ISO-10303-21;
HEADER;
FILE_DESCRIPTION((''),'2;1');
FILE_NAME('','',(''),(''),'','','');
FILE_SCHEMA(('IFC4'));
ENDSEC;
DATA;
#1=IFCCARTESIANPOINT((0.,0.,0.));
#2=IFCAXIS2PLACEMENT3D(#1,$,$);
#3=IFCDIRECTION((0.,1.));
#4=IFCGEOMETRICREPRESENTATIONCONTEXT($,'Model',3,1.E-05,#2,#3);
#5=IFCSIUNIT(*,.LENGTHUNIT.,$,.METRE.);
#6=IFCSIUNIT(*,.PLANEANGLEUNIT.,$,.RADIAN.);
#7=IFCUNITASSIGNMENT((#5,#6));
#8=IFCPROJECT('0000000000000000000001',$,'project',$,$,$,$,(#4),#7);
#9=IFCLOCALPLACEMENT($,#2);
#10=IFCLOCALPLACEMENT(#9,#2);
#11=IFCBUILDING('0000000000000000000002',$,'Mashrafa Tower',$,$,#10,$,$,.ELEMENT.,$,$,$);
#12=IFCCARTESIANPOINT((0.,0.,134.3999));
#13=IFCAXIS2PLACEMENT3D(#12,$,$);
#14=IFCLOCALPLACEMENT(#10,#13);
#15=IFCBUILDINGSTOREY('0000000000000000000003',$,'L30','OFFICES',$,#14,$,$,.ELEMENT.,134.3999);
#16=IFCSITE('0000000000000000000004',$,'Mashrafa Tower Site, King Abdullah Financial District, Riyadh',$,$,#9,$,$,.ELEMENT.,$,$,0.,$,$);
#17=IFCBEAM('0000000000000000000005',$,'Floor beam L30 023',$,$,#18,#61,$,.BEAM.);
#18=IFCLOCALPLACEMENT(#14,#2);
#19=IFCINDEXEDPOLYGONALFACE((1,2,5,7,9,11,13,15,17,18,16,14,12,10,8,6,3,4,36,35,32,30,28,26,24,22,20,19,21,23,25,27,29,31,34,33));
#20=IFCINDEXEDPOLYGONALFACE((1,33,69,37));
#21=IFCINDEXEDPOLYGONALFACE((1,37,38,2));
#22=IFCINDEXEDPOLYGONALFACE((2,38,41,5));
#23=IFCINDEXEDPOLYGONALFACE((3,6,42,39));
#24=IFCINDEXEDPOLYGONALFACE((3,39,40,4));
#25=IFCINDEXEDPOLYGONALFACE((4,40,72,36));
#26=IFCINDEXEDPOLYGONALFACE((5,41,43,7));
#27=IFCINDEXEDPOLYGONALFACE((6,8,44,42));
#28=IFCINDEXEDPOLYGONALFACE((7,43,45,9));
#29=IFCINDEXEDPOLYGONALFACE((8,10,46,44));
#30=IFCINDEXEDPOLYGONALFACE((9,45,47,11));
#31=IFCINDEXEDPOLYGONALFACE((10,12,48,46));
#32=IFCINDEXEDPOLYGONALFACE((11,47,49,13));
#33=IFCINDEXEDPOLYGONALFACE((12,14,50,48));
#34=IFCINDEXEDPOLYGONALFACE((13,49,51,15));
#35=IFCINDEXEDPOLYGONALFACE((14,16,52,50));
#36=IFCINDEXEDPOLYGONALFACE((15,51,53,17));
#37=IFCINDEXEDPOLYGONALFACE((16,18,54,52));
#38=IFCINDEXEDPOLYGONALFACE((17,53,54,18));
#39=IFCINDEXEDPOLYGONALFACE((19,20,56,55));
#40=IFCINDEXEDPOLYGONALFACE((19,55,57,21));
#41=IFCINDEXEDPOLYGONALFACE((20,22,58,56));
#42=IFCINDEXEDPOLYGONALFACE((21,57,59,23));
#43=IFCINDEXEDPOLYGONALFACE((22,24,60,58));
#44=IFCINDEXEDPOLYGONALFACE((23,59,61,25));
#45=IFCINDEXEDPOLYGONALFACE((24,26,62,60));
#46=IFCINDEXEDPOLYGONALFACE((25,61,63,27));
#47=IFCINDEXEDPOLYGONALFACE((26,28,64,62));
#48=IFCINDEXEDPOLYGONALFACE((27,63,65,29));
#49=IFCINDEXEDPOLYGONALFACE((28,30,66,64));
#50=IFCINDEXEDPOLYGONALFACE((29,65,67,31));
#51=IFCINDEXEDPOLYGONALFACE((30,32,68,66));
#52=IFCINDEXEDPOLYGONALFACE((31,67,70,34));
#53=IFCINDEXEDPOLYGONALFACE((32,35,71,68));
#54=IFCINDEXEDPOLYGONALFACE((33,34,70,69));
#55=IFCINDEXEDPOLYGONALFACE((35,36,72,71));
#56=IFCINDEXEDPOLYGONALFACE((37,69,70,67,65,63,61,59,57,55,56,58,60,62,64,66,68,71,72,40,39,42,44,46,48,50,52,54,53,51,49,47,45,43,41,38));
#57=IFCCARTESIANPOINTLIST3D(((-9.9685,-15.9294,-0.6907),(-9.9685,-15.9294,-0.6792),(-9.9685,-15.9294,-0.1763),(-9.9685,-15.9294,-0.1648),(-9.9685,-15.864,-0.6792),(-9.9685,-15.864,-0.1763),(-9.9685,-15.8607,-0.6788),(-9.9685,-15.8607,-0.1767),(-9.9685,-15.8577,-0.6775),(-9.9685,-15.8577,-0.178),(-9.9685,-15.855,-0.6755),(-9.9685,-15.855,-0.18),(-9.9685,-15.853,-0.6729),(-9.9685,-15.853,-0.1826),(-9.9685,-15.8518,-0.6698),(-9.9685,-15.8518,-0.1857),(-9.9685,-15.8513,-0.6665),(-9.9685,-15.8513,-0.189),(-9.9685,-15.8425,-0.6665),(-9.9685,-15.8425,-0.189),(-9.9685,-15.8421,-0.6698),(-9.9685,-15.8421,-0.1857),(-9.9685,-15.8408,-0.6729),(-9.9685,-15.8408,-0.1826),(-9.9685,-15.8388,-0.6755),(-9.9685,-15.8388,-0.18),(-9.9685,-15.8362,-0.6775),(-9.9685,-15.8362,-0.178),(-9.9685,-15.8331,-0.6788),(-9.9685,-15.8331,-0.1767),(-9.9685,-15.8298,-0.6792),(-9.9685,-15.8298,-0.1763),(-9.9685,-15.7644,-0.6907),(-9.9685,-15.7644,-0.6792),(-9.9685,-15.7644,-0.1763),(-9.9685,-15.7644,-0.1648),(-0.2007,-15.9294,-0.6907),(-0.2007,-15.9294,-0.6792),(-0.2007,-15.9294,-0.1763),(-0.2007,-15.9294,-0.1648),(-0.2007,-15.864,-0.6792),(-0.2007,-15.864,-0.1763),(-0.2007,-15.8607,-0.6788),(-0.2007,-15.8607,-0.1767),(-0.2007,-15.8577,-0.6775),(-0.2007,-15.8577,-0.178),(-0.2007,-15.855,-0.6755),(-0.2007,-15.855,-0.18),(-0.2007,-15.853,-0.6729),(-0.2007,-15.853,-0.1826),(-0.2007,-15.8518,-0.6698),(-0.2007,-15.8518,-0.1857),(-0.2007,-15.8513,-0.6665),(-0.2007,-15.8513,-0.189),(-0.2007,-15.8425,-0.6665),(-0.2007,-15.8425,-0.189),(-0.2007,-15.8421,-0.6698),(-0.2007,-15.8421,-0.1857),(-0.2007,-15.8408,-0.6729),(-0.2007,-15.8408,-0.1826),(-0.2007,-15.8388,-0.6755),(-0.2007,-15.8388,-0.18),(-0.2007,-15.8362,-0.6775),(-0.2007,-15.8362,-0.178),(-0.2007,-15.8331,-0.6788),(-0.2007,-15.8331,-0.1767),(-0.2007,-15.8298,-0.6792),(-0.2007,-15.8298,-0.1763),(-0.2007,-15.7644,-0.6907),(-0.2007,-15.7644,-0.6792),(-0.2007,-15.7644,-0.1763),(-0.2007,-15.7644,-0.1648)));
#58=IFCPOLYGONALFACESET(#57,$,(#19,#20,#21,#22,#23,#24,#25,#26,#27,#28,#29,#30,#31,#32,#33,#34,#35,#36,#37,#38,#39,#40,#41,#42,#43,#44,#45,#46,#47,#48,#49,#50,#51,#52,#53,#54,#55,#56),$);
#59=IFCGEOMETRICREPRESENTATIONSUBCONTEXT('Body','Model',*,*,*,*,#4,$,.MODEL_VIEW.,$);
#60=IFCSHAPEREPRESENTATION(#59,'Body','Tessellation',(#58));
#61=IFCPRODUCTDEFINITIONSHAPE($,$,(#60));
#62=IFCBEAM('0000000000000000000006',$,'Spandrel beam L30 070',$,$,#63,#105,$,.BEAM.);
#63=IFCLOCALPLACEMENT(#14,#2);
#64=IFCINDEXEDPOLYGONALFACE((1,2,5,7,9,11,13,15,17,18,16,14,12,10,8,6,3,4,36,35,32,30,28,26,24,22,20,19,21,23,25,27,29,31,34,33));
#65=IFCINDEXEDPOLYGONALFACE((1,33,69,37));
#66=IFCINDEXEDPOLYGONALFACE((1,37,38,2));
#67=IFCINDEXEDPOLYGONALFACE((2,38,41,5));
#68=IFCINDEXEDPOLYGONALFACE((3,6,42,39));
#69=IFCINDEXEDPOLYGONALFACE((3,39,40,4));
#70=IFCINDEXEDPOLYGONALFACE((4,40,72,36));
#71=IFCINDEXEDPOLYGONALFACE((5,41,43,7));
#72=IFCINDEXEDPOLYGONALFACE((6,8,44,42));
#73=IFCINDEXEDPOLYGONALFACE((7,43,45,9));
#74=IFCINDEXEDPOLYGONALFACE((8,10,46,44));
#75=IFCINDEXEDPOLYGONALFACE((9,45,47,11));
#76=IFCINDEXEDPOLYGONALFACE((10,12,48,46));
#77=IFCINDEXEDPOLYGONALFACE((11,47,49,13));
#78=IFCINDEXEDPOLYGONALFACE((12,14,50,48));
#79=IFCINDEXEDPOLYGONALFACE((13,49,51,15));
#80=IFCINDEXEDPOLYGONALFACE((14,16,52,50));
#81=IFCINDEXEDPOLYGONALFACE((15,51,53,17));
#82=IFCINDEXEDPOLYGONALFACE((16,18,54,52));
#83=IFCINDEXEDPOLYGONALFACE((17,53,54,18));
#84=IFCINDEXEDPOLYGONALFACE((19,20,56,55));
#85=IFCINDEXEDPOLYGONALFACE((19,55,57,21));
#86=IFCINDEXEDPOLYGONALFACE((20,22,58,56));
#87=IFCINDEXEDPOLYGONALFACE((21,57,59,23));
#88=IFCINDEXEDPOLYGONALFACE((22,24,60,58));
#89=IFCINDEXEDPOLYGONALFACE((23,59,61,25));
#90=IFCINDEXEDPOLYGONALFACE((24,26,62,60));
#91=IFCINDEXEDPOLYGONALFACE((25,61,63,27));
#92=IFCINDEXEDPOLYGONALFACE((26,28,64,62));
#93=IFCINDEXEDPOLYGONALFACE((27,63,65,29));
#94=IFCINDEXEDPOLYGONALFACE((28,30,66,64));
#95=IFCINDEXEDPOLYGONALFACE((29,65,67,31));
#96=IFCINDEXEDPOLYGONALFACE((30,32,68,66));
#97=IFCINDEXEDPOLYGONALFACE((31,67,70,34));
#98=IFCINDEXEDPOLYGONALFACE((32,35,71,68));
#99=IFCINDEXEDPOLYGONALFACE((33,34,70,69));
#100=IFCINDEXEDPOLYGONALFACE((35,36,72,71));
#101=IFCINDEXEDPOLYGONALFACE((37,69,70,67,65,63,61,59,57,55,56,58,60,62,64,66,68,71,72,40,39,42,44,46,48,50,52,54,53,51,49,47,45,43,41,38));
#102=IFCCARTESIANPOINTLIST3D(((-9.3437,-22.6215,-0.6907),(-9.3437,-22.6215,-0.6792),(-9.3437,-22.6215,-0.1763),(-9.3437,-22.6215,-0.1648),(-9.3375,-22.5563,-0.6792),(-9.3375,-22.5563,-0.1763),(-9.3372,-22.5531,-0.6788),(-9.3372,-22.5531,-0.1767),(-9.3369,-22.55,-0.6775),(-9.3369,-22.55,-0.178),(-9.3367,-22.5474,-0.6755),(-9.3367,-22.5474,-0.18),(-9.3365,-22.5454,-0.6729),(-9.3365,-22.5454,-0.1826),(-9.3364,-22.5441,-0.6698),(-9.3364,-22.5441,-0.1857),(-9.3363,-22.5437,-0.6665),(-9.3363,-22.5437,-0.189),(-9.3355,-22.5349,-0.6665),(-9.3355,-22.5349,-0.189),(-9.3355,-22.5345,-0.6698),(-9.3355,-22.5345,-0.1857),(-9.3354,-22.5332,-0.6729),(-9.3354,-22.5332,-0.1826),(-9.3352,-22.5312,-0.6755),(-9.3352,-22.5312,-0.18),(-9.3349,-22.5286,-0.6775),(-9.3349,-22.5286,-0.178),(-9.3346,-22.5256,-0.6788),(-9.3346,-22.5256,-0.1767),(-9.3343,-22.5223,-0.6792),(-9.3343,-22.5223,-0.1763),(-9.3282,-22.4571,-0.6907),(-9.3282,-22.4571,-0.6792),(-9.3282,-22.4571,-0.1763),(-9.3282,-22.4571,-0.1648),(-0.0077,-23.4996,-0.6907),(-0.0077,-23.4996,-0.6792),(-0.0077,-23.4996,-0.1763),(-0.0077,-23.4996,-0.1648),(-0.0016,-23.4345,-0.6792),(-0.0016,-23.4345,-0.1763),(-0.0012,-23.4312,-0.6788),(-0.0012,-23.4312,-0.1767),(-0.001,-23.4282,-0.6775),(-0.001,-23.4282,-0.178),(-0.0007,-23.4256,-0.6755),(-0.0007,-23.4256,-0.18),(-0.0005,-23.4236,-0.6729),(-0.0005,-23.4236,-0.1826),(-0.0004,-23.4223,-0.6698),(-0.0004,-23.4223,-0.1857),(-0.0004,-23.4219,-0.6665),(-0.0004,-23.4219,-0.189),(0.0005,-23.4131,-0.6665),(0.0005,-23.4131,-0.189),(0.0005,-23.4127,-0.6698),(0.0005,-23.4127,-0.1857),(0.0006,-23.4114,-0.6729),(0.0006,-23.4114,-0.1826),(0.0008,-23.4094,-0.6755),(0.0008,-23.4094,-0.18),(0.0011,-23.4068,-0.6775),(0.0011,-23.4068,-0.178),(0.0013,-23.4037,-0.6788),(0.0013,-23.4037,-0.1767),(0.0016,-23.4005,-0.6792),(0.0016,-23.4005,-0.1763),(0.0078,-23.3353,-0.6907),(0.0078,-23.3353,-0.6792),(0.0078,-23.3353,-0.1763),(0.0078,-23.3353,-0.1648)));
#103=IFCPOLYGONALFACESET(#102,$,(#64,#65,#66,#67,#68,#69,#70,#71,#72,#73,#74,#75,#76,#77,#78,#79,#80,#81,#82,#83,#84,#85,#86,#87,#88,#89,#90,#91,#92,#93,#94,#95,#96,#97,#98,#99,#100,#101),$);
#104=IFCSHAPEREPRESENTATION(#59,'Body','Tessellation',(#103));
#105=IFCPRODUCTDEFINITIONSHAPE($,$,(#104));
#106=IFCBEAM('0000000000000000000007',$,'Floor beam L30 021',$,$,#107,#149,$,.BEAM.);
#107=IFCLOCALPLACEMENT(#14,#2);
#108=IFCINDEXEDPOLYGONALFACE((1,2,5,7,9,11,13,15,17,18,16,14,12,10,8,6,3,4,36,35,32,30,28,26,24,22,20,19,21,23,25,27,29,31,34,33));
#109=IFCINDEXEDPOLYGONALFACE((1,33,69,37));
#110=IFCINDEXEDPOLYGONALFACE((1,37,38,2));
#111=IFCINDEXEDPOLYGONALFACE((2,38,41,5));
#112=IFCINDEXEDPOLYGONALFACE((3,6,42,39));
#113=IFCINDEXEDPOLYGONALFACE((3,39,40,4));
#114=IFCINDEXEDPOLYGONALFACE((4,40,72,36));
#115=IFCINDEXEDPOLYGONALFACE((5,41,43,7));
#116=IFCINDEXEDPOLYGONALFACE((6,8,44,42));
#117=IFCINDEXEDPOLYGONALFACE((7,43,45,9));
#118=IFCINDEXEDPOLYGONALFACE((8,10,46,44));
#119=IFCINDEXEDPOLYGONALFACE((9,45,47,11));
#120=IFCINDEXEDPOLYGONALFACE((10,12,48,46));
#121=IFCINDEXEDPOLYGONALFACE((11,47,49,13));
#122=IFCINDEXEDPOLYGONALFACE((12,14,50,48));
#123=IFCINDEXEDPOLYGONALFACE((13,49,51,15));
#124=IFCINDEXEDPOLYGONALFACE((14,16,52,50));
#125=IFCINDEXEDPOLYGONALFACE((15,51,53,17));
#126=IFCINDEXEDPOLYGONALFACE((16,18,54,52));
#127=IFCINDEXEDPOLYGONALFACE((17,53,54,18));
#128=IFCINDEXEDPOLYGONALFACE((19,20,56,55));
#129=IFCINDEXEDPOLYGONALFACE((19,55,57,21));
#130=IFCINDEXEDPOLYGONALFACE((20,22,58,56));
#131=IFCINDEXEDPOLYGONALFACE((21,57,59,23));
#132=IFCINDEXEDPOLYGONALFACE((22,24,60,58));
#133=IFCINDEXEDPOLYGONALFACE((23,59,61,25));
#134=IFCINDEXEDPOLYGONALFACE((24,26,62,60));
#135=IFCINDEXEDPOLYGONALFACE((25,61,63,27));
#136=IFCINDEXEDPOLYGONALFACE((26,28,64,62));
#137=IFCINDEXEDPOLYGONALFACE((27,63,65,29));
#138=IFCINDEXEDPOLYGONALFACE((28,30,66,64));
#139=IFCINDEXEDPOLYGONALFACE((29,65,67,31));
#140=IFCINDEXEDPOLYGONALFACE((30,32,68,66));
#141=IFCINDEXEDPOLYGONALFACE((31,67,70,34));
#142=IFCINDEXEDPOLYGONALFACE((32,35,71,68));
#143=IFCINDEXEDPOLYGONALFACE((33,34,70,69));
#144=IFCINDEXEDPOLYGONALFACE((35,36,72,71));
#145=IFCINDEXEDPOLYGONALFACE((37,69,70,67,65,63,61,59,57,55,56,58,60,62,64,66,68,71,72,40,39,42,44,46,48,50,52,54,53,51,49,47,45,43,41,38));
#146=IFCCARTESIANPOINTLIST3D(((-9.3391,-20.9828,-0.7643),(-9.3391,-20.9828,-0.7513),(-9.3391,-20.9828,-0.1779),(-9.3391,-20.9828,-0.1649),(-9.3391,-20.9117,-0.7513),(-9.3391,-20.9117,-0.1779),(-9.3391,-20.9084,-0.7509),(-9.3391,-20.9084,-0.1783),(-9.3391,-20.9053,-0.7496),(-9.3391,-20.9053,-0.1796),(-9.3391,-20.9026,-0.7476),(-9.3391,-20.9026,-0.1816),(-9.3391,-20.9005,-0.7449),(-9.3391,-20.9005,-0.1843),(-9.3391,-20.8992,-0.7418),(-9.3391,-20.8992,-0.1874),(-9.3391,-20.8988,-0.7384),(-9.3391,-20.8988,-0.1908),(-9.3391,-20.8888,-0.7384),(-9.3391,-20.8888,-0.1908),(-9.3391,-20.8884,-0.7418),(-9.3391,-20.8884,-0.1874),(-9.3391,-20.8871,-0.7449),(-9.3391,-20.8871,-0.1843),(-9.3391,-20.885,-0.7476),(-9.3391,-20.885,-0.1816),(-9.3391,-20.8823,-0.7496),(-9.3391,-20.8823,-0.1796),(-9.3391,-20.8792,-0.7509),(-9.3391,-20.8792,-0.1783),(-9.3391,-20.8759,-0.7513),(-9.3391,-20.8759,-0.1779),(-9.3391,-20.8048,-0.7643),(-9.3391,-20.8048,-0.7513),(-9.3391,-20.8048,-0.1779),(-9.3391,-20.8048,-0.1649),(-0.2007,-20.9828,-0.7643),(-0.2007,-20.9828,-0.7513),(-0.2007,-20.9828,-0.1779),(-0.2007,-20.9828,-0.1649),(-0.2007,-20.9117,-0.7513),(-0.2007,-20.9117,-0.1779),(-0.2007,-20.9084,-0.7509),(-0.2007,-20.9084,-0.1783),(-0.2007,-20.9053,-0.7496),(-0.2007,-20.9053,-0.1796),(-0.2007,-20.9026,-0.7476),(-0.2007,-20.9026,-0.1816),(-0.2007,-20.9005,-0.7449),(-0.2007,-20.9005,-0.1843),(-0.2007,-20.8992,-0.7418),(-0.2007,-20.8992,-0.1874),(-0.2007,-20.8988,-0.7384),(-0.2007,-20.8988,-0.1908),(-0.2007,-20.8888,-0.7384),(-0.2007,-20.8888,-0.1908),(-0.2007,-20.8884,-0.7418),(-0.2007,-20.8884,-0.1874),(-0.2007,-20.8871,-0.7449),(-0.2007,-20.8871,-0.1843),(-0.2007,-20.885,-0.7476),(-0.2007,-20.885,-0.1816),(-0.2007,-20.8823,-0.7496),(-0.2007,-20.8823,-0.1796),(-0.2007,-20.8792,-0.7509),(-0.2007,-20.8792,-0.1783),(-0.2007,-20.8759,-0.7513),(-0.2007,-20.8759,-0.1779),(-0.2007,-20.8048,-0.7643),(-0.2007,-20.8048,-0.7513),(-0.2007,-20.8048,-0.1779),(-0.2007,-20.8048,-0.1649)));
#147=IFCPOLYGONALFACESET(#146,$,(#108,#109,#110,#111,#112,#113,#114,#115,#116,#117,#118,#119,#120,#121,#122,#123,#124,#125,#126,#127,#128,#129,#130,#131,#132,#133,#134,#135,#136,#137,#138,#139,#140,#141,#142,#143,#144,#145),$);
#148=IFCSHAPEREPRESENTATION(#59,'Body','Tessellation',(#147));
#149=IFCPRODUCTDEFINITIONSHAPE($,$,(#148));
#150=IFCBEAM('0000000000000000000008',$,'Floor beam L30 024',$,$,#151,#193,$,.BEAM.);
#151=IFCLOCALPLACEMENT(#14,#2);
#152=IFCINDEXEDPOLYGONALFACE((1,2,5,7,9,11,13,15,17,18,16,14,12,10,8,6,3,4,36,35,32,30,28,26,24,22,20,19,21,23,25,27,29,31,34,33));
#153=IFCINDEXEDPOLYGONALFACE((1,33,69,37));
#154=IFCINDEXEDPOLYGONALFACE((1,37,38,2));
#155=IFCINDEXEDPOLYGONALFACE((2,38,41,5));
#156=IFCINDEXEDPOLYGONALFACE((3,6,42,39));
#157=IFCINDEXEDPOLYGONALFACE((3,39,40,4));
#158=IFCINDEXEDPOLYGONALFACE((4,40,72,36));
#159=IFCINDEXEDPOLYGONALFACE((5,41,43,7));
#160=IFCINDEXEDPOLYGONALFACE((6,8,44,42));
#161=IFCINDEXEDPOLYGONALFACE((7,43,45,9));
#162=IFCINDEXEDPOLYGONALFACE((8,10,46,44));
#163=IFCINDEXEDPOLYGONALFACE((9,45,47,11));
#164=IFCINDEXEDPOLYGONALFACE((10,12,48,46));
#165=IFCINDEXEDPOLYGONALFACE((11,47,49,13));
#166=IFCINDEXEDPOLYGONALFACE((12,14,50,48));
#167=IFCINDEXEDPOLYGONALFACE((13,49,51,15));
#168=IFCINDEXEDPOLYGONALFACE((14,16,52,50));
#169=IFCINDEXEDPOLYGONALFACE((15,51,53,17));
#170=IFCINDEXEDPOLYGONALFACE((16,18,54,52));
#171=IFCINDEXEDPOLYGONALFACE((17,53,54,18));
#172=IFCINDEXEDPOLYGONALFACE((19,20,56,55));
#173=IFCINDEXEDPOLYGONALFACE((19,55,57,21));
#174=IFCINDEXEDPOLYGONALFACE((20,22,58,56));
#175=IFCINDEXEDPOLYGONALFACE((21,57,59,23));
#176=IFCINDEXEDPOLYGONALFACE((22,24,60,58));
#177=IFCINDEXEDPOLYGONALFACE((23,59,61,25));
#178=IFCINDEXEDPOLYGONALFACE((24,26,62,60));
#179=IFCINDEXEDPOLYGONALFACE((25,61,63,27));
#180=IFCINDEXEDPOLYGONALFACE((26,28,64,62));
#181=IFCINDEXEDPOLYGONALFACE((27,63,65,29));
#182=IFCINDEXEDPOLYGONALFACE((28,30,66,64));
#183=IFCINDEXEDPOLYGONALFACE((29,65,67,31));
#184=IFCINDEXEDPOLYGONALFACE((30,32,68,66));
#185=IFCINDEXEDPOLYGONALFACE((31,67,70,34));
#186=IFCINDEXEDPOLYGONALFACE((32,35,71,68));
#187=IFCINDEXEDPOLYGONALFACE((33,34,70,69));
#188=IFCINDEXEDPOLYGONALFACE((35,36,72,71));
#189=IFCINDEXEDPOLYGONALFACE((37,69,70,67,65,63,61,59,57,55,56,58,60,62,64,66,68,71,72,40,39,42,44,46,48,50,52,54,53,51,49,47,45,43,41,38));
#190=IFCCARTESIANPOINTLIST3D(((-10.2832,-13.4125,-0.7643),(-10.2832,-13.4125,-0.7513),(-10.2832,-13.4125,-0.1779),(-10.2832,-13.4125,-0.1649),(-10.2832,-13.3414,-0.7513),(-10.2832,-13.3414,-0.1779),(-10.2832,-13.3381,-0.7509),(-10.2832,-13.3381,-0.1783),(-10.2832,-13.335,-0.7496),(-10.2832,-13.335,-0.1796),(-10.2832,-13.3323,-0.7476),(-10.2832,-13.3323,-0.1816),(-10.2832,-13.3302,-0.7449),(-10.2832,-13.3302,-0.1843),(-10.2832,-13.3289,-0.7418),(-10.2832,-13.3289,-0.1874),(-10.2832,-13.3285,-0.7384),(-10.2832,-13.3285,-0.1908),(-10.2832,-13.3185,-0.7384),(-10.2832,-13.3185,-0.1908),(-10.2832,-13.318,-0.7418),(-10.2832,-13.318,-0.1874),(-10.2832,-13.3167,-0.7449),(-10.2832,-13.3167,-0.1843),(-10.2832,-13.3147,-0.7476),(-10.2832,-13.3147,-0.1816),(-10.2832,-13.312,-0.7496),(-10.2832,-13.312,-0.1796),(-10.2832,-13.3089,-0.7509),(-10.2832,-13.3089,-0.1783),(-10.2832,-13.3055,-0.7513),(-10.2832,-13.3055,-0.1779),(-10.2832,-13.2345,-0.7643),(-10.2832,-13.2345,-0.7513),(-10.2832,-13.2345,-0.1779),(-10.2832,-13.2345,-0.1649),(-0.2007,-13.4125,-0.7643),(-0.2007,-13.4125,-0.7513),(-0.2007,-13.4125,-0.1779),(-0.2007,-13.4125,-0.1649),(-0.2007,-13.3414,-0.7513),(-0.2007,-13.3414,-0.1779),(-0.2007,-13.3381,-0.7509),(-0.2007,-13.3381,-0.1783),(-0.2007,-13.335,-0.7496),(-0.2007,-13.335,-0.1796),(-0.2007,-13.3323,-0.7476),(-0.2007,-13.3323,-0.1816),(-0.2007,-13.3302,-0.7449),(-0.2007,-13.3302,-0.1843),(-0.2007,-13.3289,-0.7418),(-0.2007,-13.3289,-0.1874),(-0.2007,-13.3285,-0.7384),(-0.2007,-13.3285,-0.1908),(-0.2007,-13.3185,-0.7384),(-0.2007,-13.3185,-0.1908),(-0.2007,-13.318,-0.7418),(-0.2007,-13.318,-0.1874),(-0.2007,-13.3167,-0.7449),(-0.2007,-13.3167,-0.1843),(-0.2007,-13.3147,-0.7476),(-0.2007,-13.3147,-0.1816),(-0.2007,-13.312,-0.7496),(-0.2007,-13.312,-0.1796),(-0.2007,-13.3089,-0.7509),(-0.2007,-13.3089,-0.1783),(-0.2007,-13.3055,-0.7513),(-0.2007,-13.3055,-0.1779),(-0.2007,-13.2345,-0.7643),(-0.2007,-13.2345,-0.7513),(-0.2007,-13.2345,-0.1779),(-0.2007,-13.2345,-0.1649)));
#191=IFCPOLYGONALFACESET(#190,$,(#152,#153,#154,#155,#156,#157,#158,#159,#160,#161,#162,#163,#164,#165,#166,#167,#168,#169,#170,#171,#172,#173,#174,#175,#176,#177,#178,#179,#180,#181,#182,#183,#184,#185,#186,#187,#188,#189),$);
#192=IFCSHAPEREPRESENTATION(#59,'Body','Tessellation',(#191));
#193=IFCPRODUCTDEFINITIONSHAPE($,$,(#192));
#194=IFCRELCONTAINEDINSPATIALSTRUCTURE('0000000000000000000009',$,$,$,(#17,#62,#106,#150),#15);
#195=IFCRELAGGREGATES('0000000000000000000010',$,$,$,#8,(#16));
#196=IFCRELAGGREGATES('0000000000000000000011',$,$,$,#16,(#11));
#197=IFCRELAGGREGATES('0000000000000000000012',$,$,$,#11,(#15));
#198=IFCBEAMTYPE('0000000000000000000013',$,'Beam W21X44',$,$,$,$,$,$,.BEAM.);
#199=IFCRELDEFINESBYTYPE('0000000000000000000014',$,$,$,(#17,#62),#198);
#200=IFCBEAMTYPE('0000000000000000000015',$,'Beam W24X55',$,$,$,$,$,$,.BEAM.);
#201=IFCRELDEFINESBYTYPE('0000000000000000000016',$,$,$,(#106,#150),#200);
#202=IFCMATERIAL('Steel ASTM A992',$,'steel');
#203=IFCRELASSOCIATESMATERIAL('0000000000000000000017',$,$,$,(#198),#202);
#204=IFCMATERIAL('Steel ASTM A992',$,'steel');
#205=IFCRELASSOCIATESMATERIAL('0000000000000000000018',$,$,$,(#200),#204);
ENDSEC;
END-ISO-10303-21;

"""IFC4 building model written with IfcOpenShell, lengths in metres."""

from ifc_helpers import new_model, si_unit, direction, frame, origin, origin_2d, place, context, subcontext, project, spatial, i_section, extrude, material, material_profile, profile_set, type_object, element, save


model = new_model("IFC4")

# Units and contexts
model_context = context("Model", 3, precision=1e-05, world=origin(), true_north=direction((0.0, 1.0)))
body_context = subcontext(model_context, "Body", "Model", "MODEL_VIEW")
ifc_project = project(units=[si_unit("LENGTHUNIT", "METRE"), si_unit("PLANEANGLEUNIT", "RADIAN")], contexts=[model_context])

# Site, building, storey
site_placement = place(None, origin())
site = spatial("IfcSite", under=ifc_project, at=site_placement, Name="Mashrafa Tower Site, King Abdullah Financial District, Riyadh", CompositionType="ELEMENT", RefElevation=0.0)
building_placement = place(site_placement, origin())
building = spatial("IfcBuilding", under=site, at=building_placement, Name="Mashrafa Tower", CompositionType="ELEMENT")
storey_placement = place(building_placement, frame((0.0, 0.0, 134.3999)))
storey = spatial("IfcBuildingStorey", under=building, at=storey_placement, Name="L30", Description="OFFICES", CompositionType="ELEMENT", Elevation=134.3999)

# Beams
ifc_material_1 = material(Name="Steel ASTM A992", Category="steel")
ifc_material_profile_1 = material_profile(ifc_material_1, i_section(OverallWidth=0.165, OverallDepth=0.5259, WebThickness=0.0088, FlangeThickness=0.0115, FilletRadius=0.0127, at=origin_2d()), Name="W21X44")
ifc_profile_set_1 = profile_set([ifc_material_profile_1], Name="Steel ASTM A992")
beam_type_1 = type_object("IfcBeamType", Name="Beam W21X44", PredefinedType="BEAM", material=ifc_profile_set_1)
beam_1_placement = place(storey_placement, frame((-0.2007, -15.8469, -0.4277), z_axis=(-1.0, 0.0, 0.0), x_axis=(0.0, -1.0, 0.0)))
element("IfcBeam", 1, at=beam_1_placement, inside=storey, type_object=beam_type_1, Name="Floor beam L30 023", PredefinedType="BEAM", context=body_context, shape_type="SweptSolid", body=[
    extrude(i_section(OverallWidth=0.165, OverallDepth=0.5259, WebThickness=0.0088, FlangeThickness=0.0115, FilletRadius=0.0127, at=origin_2d()), origin(), (0.0, 0.0, 1.0), 9.7678),
])
beam_2_placement = place(storey_placement, frame((-9.3359, -22.5393, -0.4277), z_axis=(0.995605, -0.09365, 0.0), x_axis=(0.09365, 0.995605, 0.0)))
element("IfcBeam", 2, at=beam_2_placement, inside=storey, type_object=beam_type_1, Name="Spandrel beam L30 070", PredefinedType="BEAM", context=body_context, shape_type="SweptSolid", body=[
    extrude(i_section(OverallWidth=0.165, OverallDepth=0.5259, WebThickness=0.0088, FlangeThickness=0.0115, FilletRadius=0.0127, at=origin_2d()), origin(), (0.0, 0.0, 1.0), 9.3772),
])
ifc_material_2 = material(Name="Steel ASTM A992", Category="steel")
ifc_material_profile_2 = material_profile(ifc_material_2, i_section(OverallWidth=0.178, OverallDepth=0.5994, WebThickness=0.01, FlangeThickness=0.0129, FilletRadius=0.0129, at=origin_2d()), Name="W24X55")
ifc_profile_set_2 = profile_set([ifc_material_profile_2], Name="Steel ASTM A992")
beam_type_2 = type_object("IfcBeamType", Name="Beam W24X55", PredefinedType="BEAM", material=ifc_profile_set_2)
beam_3_placement = place(storey_placement, frame((-0.2007, -20.8938, -0.4646), z_axis=(-1.0, 0.0, 0.0), x_axis=(0.0, -1.0, 0.0)))
element("IfcBeam", 3, at=beam_3_placement, inside=storey, type_object=beam_type_2, Name="Floor beam L30 021", PredefinedType="BEAM", context=body_context, shape_type="SweptSolid", body=[
    extrude(i_section(OverallWidth=0.178, OverallDepth=0.5994, WebThickness=0.01, FlangeThickness=0.0129, FilletRadius=0.0129, at=origin_2d()), origin(), (0.0, 0.0, 1.0), 9.1384),
])
beam_4_placement = place(storey_placement, frame((-0.2007, -13.3235, -0.4646), z_axis=(-1.0, 0.0, 0.0), x_axis=(0.0, -1.0, 0.0)))
element("IfcBeam", 4, at=beam_4_placement, inside=storey, type_object=beam_type_2, Name="Floor beam L30 024", PredefinedType="BEAM", context=body_context, shape_type="SweptSolid", body=[
    extrude(i_section(OverallWidth=0.178, OverallDepth=0.5994, WebThickness=0.01, FlangeThickness=0.0129, FilletRadius=0.0129, at=origin_2d()), origin(), (0.0, 0.0, 1.0), 10.0825),
])

save(model, "model.ifc")
